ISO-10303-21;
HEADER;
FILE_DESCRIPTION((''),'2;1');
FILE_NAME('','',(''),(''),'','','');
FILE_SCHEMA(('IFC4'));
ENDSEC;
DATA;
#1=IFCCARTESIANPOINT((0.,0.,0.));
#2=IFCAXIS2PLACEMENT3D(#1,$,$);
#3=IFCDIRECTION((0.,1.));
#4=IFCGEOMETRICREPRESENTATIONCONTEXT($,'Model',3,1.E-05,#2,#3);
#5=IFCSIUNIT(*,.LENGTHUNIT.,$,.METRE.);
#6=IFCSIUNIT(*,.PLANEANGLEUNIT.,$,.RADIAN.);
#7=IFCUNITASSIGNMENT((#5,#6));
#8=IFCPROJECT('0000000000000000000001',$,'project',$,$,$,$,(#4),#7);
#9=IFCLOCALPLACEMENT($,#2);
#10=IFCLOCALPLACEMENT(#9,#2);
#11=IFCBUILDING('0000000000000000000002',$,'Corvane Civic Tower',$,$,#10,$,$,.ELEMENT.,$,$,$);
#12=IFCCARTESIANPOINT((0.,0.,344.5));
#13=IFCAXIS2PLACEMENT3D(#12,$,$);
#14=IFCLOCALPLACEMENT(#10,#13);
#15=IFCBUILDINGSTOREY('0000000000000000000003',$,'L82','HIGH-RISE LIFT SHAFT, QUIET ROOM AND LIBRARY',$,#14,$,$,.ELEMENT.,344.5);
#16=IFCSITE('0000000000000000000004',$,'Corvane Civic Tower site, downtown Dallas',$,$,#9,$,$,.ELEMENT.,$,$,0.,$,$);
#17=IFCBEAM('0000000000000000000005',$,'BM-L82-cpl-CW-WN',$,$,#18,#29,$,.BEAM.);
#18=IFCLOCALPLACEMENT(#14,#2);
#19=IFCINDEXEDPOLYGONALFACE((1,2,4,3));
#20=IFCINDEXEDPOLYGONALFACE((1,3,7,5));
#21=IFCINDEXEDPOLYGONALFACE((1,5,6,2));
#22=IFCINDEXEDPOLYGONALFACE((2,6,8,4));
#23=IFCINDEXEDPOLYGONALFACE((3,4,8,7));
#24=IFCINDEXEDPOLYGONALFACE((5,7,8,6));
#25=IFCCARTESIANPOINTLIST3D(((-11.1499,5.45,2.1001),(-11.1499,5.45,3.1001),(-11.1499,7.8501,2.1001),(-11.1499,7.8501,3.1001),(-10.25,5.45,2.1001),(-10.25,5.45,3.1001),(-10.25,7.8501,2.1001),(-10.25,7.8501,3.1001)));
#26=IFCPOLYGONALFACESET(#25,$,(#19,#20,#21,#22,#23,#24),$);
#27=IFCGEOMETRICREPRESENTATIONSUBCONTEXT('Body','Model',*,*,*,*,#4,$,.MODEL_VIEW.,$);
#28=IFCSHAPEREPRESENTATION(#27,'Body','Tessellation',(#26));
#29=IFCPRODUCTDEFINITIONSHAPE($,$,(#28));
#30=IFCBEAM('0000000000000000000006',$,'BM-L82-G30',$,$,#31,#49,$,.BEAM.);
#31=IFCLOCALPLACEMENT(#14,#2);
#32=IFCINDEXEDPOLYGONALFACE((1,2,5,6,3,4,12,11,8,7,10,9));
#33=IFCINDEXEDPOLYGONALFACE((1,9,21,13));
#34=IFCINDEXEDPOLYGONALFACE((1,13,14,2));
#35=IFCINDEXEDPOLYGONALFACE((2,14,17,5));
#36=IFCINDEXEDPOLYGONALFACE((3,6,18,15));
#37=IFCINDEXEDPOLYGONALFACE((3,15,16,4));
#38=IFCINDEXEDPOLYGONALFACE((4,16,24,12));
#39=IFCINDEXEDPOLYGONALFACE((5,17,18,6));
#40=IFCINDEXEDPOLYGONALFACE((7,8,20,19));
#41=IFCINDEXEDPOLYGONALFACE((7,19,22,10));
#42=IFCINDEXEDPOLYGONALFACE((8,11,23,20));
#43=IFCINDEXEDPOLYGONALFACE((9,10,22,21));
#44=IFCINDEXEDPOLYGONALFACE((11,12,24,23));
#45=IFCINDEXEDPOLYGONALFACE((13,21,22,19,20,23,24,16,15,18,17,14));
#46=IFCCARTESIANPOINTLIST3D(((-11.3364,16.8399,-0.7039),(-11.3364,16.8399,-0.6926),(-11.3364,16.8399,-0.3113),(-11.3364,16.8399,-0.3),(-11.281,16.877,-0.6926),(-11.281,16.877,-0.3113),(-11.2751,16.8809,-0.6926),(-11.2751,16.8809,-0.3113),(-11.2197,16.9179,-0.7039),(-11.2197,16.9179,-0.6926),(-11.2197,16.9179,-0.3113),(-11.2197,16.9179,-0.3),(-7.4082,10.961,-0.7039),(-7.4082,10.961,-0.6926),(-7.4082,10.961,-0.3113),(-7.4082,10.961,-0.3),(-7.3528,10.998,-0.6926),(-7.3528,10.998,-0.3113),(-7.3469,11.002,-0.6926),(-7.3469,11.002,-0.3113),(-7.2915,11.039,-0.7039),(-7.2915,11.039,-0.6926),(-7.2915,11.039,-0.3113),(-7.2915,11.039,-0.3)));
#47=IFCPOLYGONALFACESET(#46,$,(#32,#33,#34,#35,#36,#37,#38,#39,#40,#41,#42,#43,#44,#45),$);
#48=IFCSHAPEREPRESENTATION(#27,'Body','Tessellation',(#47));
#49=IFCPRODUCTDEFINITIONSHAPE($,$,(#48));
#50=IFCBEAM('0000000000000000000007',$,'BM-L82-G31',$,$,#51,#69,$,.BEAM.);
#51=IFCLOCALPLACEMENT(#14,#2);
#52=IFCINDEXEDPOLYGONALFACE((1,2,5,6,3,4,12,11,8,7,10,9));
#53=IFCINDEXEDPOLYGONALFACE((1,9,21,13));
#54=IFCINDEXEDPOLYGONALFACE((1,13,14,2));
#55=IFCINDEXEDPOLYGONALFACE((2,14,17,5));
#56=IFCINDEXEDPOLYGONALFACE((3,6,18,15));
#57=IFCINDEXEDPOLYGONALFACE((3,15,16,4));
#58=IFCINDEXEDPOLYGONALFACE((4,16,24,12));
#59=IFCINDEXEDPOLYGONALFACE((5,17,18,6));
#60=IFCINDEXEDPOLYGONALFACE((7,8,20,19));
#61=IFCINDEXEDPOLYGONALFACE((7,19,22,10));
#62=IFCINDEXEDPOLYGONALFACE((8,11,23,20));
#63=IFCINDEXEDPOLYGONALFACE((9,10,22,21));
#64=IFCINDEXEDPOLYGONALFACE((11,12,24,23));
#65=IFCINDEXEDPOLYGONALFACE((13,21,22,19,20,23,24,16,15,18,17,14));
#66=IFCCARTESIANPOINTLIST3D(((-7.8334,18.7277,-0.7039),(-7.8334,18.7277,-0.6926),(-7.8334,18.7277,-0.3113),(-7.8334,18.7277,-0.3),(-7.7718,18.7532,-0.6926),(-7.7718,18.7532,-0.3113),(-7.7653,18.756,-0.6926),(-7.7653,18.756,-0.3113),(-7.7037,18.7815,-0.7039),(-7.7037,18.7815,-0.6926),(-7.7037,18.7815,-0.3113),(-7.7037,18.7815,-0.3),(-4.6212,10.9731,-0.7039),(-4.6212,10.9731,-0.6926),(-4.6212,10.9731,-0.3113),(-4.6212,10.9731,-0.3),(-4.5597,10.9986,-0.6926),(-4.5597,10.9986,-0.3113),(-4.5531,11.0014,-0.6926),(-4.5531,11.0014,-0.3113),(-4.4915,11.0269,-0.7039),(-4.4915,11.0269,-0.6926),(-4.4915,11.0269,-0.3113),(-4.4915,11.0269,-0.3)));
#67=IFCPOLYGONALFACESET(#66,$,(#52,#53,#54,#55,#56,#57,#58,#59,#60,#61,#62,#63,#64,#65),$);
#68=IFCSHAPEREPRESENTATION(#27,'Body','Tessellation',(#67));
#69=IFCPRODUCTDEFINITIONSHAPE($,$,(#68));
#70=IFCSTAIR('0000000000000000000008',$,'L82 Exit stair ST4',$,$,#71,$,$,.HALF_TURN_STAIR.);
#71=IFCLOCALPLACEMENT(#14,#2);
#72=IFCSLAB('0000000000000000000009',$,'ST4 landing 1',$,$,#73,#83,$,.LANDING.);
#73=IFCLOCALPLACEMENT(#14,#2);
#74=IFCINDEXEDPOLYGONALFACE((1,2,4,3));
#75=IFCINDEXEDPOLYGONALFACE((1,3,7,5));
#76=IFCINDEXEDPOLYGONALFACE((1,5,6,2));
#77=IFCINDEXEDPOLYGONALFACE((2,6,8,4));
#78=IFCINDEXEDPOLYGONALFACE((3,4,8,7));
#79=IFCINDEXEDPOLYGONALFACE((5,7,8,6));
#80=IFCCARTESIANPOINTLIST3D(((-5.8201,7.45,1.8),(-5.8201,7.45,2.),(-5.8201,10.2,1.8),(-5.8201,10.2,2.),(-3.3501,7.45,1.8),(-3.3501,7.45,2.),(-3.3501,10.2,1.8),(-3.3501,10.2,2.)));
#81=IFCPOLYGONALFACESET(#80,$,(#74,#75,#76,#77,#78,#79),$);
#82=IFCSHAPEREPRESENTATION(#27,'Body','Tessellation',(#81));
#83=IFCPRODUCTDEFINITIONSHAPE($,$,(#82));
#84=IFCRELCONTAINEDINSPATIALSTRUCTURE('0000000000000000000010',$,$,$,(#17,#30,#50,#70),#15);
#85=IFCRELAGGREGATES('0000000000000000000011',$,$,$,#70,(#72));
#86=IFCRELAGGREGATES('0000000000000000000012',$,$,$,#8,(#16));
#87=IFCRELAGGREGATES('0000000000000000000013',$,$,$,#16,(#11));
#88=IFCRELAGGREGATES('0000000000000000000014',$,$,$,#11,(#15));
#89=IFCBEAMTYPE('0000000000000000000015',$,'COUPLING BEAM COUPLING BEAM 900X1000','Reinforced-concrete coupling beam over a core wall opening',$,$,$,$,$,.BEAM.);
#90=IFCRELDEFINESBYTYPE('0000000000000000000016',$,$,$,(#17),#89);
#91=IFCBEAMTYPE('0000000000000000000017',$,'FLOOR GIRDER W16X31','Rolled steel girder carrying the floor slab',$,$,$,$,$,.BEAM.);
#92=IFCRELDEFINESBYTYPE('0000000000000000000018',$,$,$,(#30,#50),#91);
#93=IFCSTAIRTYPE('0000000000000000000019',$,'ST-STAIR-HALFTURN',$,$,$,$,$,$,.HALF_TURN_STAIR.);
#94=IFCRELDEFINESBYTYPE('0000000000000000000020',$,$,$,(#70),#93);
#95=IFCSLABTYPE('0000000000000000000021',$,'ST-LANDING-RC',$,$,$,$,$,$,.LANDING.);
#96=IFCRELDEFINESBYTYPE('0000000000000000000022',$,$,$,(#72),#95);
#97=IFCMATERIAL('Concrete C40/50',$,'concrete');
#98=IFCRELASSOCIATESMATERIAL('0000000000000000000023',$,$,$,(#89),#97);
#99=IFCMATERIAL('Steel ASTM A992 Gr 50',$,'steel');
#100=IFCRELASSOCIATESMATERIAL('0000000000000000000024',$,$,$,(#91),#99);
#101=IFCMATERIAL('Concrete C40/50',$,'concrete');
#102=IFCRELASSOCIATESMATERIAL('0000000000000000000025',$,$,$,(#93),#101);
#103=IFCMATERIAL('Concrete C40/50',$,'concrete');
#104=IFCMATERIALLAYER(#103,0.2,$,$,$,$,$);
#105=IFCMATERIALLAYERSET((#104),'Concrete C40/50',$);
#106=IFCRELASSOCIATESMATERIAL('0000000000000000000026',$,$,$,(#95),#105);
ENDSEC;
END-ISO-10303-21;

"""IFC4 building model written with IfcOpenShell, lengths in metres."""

from ifc_helpers import new_model, si_unit, direction, frame, origin, origin_2d, place, context, subcontext, project, spatial, polyline, rectangle, i_section, outline, extrude, material, layer, layer_set, material_profile, profile_set, type_object, element, aggregate, save


model = new_model("IFC4")

# Units and contexts
model_context = context("Model", 3, precision=1e-05, world=origin(), true_north=direction((0.0, 1.0)))
body_context = subcontext(model_context, "Body", "Model", "MODEL_VIEW")
ifc_project = project(units=[si_unit("LENGTHUNIT", "METRE"), si_unit("PLANEANGLEUNIT", "RADIAN")], contexts=[model_context])

# Site, building, storey
site_placement = place(None, origin())
site = spatial("IfcSite", under=ifc_project, at=site_placement, Name="Corvane Civic Tower site, downtown Dallas", CompositionType="ELEMENT", RefElevation=0.0)
building_placement = place(site_placement, origin())
building = spatial("IfcBuilding", under=site, at=building_placement, Name="Corvane Civic Tower", CompositionType="ELEMENT")
storey_placement = place(building_placement, frame((0.0, 0.0, 344.5)))
storey = spatial("IfcBuildingStorey", under=building, at=storey_placement, Name="L82", Description="HIGH-RISE LIFT SHAFT, QUIET ROOM AND LIBRARY", CompositionType="ELEMENT", Elevation=344.5)

# Beams
ifc_material_1 = material(Name="Concrete C40/50", Category="concrete")
ifc_material_profile_1 = material_profile(ifc_material_1, rectangle(XDim=0.8999, YDim=1.0, at=origin_2d()), Name="COUPLING BEAM 900X1000")
ifc_profile_set_1 = profile_set([ifc_material_profile_1], Name="Concrete C40/50")
beam_type_1 = type_object("IfcBeamType", Name="COUPLING BEAM COUPLING BEAM 900X1000", Description="Reinforced-concrete coupling beam over a core wall opening", PredefinedType="BEAM", material=ifc_profile_set_1)
beam_1_placement = place(storey_placement, frame((-10.7, 5.45, 2.6001), z_axis=(0.0, 1.0, 0.0), x_axis=(-1.0, 0.0, 0.0)))
element("IfcBeam", 1, at=beam_1_placement, inside=storey, type_object=beam_type_1, Name="BM-L82-cpl-CW-WN", PredefinedType="BEAM", context=body_context, shape_type="SweptSolid", body=[
    extrude(rectangle(XDim=0.8999, YDim=1.0, at=origin_2d()), origin(), (0.0, 0.0, 1.0), 2.4001),
])
ifc_material_2 = material(Name="Steel ASTM A992 Gr 50", Category="steel")
ifc_material_profile_2 = material_profile(ifc_material_2, i_section(OverallWidth=0.1404, OverallDepth=0.4038, WebThickness=0.0071, FlangeThickness=0.0112, at=origin_2d()), Name="W16X31")
ifc_profile_set_2 = profile_set([ifc_material_profile_2], Name="Steel ASTM A992 Gr 50")
beam_type_2 = type_object("IfcBeamType", Name="FLOOR GIRDER W16X31", Description="Rolled steel girder carrying the floor slab", PredefinedType="BEAM", material=ifc_profile_set_2)
beam_2_placement = place(storey_placement, frame((-7.3499, 11.0, -0.502), z_axis=(-0.555576, 0.831465, 0.0), x_axis=(-0.831465, -0.555576, 0.0)))
element("IfcBeam", 2, at=beam_2_placement, inside=storey, type_object=beam_type_2, Name="BM-L82-G30", PredefinedType="BEAM", context=body_context, shape_type="SweptSolid", body=[
    extrude(i_section(OverallWidth=0.1404, OverallDepth=0.4038, WebThickness=0.0071, FlangeThickness=0.0112, at=origin_2d()), origin(), (0.0, 0.0, 1.0), 7.0706),
])
beam_3_placement = place(storey_placement, frame((-4.5564, 11.0, -0.502), z_axis=(-0.382692, 0.923876, 0.0), x_axis=(-0.923876, -0.382692, 0.0)))
element("IfcBeam", 3, at=beam_3_placement, inside=storey, type_object=beam_type_2, Name="BM-L82-G31", PredefinedType="BEAM", context=body_context, shape_type="SweptSolid", body=[
    extrude(i_section(OverallWidth=0.1404, OverallDepth=0.4038, WebThickness=0.0071, FlangeThickness=0.0112, at=origin_2d()), origin(), (0.0, 0.0, 1.0), 8.3936),
])

# Stair, slab
ifc_material_3 = material(Name="Concrete C40/50", Category="concrete")
stair_type = type_object("IfcStairType", Name="ST-STAIR-HALFTURN", PredefinedType="HALF_TURN_STAIR", material=ifc_material_3)
stair_placement = place(storey_placement, origin())
stair = element("IfcStair", 4, at=stair_placement, inside=storey, type_object=stair_type, Name="L82 Exit stair ST4", PredefinedType="HALF_TURN_STAIR")
ifc_material_4 = material(Name="Concrete C40/50", Category="concrete")
ifc_layer_1 = layer(ifc_material_4, 0.2)
ifc_layer_set_1 = layer_set([ifc_layer_1], Name="Concrete C40/50")
slab_type = type_object("IfcSlabType", Name="ST-LANDING-RC", PredefinedType="LANDING", material=ifc_layer_set_1)
slab_placement = place(storey_placement, frame((0.0, 0.0, 1.8)))
slab = element("IfcSlab", 5, at=slab_placement, type_object=slab_type, Name="ST4 landing 1", PredefinedType="LANDING", context=body_context, shape_type="SweptSolid", body=[
    extrude(outline(polyline([(-5.8201, 7.45), (-3.3501, 7.45), (-3.3501, 10.2), (-5.8201, 10.2), (-5.8201, 7.45)])), origin(), (0.0, 0.0, 1.0), 0.2),
])

aggregate(stair, [slab])

save(model, "model.ifc")
